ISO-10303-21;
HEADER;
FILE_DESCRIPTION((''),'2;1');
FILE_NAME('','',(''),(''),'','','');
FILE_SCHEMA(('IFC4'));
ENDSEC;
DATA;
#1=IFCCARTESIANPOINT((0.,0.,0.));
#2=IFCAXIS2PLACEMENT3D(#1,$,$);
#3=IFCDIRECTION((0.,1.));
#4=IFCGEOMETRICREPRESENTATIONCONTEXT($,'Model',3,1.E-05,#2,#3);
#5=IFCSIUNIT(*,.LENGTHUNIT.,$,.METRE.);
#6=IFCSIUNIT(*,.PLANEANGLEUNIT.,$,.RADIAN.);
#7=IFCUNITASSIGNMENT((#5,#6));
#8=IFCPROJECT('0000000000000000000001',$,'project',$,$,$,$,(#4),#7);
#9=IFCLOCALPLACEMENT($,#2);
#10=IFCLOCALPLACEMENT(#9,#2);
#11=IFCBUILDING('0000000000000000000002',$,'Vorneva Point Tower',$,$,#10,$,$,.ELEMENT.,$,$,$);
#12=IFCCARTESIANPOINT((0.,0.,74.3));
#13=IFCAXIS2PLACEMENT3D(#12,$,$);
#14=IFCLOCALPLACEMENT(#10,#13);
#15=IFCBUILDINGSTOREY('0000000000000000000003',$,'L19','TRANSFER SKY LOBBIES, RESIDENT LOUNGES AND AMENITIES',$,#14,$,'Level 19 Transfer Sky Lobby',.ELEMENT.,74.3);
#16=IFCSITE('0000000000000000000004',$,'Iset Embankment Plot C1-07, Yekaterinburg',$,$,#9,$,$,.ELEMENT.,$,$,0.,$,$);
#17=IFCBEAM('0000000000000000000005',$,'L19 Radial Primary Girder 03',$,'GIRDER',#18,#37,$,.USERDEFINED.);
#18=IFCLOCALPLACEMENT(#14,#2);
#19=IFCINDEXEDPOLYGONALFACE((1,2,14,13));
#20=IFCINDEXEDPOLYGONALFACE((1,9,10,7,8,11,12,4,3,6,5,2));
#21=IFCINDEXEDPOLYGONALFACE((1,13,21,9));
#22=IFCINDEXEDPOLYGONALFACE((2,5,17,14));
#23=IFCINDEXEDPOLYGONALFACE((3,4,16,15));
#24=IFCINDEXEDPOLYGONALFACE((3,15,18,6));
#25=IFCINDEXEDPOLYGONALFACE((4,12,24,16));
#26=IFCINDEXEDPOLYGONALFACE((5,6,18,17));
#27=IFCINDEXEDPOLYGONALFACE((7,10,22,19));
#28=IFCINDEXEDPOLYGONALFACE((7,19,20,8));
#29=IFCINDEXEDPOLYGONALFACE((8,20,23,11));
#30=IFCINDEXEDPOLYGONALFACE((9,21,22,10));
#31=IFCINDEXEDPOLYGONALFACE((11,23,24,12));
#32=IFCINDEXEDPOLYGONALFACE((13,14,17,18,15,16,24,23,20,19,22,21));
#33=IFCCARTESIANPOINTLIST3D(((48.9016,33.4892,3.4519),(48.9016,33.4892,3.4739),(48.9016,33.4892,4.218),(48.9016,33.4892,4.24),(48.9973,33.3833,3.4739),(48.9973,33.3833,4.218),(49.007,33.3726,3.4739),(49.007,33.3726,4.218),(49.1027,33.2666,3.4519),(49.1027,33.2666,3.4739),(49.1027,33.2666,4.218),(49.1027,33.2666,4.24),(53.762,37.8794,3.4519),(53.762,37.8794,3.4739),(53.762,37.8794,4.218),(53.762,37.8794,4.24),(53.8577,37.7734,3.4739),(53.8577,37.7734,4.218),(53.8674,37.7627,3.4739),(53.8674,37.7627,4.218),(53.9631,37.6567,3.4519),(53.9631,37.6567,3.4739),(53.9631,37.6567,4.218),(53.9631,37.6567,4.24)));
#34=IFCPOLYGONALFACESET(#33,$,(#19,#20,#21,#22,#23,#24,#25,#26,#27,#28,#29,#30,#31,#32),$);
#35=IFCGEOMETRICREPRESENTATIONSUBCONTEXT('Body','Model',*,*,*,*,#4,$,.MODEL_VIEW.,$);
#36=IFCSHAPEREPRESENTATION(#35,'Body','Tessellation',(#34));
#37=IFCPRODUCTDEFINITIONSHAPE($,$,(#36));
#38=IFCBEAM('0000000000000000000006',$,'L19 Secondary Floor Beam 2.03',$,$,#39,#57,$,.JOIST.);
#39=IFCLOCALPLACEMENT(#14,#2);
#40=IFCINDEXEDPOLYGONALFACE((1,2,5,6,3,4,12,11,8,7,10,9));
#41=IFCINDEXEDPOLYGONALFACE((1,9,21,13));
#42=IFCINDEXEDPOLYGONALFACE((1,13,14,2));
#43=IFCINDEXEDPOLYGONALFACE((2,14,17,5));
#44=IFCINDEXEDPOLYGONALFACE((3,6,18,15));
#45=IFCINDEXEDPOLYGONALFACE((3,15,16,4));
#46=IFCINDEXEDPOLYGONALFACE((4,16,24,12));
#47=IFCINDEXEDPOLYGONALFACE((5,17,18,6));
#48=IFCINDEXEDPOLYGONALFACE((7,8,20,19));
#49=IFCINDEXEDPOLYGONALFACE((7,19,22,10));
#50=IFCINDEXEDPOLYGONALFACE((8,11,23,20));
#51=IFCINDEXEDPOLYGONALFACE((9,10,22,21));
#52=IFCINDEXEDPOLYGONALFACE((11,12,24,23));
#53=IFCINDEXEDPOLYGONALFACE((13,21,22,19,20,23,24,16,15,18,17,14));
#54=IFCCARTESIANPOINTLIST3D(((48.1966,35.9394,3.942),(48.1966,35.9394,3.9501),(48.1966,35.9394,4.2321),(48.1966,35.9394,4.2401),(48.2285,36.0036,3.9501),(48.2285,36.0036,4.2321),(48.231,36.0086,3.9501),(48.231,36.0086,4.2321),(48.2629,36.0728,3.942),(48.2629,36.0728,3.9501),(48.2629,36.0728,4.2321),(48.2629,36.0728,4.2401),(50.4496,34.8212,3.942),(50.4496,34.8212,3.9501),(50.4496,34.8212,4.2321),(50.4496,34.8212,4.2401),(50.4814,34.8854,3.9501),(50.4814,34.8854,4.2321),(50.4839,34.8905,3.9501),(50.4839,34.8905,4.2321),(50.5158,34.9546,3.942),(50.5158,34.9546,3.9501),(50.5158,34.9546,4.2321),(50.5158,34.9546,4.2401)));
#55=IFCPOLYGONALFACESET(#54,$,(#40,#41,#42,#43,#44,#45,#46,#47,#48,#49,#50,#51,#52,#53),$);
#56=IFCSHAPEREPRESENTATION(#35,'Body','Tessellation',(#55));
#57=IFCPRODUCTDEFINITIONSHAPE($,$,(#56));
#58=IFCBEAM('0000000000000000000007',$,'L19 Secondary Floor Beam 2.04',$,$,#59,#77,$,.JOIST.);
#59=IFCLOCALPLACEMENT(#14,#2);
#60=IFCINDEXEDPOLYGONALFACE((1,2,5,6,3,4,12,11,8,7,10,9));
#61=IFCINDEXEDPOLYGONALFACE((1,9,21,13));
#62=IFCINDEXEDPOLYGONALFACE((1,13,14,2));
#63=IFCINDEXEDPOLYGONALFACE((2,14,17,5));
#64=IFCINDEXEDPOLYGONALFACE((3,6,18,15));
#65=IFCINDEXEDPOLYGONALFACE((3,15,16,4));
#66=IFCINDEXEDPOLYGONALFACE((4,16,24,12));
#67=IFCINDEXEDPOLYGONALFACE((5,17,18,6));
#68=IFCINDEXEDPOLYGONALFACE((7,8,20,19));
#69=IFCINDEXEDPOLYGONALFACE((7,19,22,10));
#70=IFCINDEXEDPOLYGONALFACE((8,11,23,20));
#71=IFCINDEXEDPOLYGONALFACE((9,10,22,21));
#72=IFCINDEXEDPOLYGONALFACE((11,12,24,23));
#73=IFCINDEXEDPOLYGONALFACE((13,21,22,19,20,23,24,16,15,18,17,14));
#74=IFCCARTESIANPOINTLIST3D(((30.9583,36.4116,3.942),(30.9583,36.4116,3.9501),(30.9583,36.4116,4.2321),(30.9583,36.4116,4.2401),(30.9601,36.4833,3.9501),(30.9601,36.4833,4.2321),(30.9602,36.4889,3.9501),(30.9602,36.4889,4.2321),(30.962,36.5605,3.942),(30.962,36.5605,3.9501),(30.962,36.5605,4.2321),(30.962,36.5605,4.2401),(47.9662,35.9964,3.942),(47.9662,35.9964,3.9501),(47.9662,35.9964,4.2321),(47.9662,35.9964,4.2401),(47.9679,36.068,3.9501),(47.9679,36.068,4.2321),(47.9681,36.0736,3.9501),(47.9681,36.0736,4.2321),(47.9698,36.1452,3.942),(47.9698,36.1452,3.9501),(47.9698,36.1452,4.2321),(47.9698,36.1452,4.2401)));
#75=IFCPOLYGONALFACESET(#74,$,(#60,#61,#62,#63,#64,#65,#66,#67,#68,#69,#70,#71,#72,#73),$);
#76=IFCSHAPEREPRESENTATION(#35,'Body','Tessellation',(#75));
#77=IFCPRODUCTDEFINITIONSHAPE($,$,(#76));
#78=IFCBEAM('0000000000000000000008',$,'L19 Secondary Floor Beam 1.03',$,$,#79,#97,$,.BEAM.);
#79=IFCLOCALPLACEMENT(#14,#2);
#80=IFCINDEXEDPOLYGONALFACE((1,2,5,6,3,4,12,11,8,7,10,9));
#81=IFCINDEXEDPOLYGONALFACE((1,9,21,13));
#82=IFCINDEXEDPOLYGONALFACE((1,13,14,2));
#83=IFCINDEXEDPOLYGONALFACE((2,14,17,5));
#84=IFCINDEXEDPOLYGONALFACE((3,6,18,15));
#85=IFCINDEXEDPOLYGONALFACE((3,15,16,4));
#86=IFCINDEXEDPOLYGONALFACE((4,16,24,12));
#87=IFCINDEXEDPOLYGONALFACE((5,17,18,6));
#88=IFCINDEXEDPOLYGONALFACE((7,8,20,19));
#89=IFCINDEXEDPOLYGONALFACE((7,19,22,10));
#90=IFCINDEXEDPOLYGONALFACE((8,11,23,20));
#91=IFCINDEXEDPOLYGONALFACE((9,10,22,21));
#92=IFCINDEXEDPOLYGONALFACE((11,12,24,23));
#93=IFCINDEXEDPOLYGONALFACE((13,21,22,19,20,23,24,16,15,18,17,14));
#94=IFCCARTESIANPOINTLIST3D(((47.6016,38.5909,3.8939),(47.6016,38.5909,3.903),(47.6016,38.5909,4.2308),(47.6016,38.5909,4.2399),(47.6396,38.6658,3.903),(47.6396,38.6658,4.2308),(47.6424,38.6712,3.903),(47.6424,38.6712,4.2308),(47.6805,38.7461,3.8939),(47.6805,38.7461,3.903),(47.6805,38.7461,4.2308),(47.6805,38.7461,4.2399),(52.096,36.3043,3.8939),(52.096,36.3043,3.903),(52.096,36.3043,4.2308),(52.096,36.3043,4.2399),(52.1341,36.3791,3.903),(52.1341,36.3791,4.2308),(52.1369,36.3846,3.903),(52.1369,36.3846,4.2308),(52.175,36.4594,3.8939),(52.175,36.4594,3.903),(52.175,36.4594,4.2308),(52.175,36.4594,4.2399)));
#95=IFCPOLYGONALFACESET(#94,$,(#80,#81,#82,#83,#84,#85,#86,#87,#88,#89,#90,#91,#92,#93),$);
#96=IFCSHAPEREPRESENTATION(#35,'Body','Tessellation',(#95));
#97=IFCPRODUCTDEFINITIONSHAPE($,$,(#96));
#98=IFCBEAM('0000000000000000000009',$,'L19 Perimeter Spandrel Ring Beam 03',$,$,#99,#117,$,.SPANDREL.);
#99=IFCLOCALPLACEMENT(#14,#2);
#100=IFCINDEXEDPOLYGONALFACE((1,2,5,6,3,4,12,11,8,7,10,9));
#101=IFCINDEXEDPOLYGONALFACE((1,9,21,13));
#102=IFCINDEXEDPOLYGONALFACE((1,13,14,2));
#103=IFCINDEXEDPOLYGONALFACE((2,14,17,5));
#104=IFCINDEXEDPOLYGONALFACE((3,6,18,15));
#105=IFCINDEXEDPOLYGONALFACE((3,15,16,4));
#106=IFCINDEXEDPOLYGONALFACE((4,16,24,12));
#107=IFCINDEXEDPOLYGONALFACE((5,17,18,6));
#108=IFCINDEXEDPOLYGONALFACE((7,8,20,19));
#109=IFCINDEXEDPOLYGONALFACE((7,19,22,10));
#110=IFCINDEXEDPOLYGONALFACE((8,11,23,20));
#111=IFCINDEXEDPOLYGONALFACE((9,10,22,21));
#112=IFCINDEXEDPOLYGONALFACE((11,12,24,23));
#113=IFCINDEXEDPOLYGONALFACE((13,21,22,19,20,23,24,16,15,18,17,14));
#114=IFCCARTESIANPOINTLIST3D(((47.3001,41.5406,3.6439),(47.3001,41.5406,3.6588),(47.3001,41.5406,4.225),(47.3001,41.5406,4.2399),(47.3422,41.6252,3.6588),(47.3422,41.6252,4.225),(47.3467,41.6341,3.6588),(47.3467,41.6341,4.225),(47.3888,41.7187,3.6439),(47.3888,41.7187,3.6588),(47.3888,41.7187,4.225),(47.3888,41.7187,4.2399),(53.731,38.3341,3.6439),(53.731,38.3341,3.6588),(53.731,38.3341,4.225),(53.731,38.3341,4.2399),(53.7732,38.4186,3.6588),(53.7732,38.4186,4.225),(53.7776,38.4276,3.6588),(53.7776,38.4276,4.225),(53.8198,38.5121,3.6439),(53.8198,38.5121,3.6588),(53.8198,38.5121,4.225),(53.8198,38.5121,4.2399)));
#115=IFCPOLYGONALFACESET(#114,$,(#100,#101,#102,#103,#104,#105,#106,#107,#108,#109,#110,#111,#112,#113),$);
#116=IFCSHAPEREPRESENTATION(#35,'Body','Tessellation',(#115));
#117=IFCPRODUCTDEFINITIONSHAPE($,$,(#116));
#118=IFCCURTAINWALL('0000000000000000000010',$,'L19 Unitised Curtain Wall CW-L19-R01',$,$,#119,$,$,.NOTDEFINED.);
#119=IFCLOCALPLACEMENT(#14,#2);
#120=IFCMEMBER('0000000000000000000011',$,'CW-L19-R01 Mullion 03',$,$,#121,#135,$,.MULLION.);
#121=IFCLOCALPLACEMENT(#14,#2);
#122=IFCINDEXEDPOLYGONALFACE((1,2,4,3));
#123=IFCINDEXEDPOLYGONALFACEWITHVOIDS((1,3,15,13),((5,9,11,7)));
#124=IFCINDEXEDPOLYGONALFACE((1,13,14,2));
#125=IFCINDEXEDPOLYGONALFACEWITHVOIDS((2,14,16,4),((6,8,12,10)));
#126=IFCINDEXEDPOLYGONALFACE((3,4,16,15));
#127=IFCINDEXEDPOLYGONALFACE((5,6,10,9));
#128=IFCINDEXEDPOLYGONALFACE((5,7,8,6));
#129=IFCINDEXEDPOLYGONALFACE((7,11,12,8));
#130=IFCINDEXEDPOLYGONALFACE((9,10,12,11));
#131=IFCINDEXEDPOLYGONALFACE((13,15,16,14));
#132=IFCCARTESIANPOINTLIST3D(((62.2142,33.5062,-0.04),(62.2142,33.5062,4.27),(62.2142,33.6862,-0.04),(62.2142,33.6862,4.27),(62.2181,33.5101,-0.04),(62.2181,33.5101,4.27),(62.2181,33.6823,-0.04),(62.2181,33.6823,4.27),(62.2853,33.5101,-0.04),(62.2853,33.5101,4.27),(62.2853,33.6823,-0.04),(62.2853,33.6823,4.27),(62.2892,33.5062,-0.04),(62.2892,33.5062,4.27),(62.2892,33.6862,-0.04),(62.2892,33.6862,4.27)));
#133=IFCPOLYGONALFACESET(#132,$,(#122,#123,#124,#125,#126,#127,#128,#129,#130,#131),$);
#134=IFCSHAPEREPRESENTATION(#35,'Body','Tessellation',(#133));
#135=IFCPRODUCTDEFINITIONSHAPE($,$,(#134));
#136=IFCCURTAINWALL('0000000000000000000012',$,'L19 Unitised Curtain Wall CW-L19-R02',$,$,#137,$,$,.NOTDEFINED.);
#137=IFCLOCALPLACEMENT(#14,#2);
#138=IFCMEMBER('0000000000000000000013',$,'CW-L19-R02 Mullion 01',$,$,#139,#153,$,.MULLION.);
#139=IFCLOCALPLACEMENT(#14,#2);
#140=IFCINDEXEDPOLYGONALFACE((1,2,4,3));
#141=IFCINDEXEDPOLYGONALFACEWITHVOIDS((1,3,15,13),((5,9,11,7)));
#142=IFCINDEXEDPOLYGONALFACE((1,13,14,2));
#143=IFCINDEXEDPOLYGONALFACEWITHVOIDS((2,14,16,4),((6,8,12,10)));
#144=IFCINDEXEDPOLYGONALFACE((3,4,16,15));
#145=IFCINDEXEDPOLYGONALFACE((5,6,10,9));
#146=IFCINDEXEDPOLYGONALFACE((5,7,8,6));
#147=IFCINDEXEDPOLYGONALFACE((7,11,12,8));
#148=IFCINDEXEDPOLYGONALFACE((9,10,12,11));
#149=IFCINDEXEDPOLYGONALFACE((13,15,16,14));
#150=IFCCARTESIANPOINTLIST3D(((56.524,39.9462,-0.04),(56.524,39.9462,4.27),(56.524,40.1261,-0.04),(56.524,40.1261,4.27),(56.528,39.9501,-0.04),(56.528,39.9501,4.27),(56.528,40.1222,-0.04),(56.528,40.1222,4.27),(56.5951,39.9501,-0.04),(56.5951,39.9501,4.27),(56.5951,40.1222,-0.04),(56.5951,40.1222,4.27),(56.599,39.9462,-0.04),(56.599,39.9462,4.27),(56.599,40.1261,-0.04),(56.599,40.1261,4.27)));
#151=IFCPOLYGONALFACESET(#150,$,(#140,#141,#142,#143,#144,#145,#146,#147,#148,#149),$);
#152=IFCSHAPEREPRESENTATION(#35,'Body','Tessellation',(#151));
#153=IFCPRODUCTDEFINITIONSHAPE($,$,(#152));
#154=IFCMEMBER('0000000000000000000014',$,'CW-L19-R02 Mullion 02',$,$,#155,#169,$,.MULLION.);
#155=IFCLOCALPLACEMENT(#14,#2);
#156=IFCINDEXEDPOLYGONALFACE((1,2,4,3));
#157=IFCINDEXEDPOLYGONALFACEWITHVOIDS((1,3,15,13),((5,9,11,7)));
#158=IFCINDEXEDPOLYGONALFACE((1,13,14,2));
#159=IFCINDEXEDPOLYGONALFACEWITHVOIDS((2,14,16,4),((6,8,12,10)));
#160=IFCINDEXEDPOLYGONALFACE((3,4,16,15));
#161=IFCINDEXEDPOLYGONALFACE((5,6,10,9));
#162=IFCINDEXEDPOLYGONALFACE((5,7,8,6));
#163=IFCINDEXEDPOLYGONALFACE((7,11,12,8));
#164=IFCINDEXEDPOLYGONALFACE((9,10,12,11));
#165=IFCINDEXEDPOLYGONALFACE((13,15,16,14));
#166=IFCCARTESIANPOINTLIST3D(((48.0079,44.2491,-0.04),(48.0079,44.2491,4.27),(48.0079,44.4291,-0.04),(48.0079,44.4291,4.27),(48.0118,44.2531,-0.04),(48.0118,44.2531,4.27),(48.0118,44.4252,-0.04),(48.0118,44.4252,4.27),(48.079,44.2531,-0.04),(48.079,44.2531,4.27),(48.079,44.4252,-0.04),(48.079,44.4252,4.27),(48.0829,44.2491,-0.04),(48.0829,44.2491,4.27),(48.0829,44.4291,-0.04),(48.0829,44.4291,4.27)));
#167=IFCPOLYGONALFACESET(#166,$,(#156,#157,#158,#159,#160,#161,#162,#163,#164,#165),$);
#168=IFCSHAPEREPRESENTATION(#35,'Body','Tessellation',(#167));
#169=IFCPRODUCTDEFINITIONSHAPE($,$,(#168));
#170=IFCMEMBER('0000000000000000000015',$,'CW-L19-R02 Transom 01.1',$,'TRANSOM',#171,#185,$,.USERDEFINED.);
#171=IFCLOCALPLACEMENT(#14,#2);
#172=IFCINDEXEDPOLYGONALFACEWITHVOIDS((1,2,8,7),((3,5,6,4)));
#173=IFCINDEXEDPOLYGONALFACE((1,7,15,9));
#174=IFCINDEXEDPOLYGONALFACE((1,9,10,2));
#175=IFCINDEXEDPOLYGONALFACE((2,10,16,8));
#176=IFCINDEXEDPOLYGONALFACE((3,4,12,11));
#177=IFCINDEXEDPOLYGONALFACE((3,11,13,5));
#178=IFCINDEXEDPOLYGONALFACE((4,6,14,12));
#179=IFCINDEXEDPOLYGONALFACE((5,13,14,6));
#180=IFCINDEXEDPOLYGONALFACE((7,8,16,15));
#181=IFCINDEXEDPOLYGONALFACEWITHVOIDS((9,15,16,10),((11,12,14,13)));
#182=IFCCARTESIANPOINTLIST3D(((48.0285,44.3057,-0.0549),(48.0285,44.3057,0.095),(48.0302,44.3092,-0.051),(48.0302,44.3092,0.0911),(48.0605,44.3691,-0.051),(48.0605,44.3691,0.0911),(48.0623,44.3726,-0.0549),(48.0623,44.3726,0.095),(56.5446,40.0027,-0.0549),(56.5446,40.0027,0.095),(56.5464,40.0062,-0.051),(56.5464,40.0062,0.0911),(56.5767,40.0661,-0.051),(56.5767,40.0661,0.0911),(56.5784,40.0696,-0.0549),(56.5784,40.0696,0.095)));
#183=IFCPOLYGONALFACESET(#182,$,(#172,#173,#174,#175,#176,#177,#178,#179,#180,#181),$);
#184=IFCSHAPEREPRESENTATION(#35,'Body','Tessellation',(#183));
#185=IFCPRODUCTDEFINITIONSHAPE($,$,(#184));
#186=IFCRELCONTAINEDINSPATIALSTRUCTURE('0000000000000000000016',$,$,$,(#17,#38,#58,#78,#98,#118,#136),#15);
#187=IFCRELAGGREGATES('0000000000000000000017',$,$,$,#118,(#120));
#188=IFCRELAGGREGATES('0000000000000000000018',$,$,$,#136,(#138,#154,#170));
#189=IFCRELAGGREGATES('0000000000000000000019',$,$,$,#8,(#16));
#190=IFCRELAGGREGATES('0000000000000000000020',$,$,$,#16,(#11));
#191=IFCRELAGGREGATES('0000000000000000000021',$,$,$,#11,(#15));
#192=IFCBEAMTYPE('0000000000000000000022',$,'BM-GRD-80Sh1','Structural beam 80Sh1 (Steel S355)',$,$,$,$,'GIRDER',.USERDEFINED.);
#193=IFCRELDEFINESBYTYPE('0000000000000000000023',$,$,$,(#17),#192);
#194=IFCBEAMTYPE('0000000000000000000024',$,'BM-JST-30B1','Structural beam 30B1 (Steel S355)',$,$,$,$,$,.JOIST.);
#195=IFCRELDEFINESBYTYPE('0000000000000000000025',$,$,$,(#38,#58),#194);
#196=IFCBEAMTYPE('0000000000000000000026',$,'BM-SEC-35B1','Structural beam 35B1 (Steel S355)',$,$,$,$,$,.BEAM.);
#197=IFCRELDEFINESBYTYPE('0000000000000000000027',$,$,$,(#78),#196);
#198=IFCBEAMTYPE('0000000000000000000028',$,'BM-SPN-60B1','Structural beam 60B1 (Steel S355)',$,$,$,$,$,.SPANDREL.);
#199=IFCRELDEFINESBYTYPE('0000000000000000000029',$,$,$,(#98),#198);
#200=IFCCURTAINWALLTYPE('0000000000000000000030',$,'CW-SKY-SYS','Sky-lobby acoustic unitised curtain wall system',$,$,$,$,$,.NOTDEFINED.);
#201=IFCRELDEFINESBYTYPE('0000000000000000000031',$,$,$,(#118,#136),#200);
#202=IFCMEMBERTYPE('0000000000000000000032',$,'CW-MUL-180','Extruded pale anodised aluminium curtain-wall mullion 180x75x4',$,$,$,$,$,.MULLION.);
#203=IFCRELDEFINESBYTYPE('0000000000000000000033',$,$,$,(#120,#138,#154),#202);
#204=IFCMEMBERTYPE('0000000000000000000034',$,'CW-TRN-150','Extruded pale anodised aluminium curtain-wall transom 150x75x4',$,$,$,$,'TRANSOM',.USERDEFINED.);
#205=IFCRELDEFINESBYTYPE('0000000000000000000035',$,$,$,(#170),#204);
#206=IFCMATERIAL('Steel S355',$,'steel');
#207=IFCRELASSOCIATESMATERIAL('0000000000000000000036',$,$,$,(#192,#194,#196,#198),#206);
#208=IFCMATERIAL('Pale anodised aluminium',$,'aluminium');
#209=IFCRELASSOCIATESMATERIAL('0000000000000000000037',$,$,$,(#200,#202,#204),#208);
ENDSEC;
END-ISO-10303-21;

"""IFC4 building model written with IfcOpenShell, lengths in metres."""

from ifc_helpers import new_model, si_unit, direction, frame, origin, origin_2d, place, context, subcontext, project, spatial, hollow_rectangle, i_section, extrude, material, material_profile, profile_set, type_object, element, aggregate, save


model = new_model("IFC4")

# Units and contexts
model_context = context("Model", 3, precision=1e-05, world=origin(), true_north=direction((0.0, 1.0)))
body_context = subcontext(model_context, "Body", "Model", "MODEL_VIEW")
ifc_project = project(units=[si_unit("LENGTHUNIT", "METRE"), si_unit("PLANEANGLEUNIT", "RADIAN")], contexts=[model_context])

# Site, building, storey
site_placement = place(None, origin())
site = spatial("IfcSite", under=ifc_project, at=site_placement, Name="Iset Embankment Plot C1-07, Yekaterinburg", CompositionType="ELEMENT", RefElevation=0.0)
building_placement = place(site_placement, origin())
building = spatial("IfcBuilding", under=site, at=building_placement, Name="Vorneva Point Tower", CompositionType="ELEMENT")
storey_placement = place(building_placement, frame((0.0, 0.0, 74.3)))
storey = spatial("IfcBuildingStorey", under=building, at=storey_placement, Name="L19", Description="TRANSFER SKY LOBBIES, RESIDENT LOUNGES AND AMENITIES", LongName="Level 19 Transfer Sky Lobby", CompositionType="ELEMENT", Elevation=74.3)

# Beams
ifc_material_1 = material(Name="Steel S355", Category="steel")
ifc_material_profile_1 = material_profile(ifc_material_1, i_section(OverallWidth=0.3, OverallDepth=0.7881, WebThickness=0.0144, FlangeThickness=0.022, at=origin_2d()), Name="80Sh1")
ifc_profile_set_1 = profile_set([ifc_material_profile_1], Name="Steel S355")
beam_type_1 = type_object("IfcBeamType", Name="BM-GRD-80Sh1", Description="Structural beam 80Sh1 (Steel S355)", ElementType="GIRDER", PredefinedType="USERDEFINED", material=ifc_profile_set_1)
beam_1_placement = place(storey_placement, frame((53.8625, 37.7681, 3.8459), z_axis=(-0.742092, -0.670298, 0.0), x_axis=(0.670298, -0.742092, 0.0)))
element("IfcBeam", 1, at=beam_1_placement, inside=storey, type_object=beam_type_1, Name="L19 Radial Primary Girder 03", ObjectType="GIRDER", PredefinedType="USERDEFINED", context=body_context, shape_type="SweptSolid", body=[
    extrude(i_section(OverallWidth=0.3, OverallDepth=0.7881, WebThickness=0.0144, FlangeThickness=0.022, at=origin_2d()), origin(), (0.0, 0.0, 1.0), 6.5496),
])
ifc_material_profile_2 = material_profile(ifc_material_1, i_section(OverallWidth=0.1489, OverallDepth=0.2981, WebThickness=0.0056, FlangeThickness=0.0081, at=origin_2d()), Name="30B1")
ifc_profile_set_2 = profile_set([ifc_material_profile_2], Name="Steel S355")
beam_type_2 = type_object("IfcBeamType", Name="BM-JST-30B1", Description="Structural beam 30B1 (Steel S355)", PredefinedType="JOIST", material=ifc_profile_set_2)
beam_2_placement = place(storey_placement, frame((50.4827, 34.8879, 4.0911), z_axis=(-0.895743, 0.444571, 0.0), x_axis=(-0.444571, -0.895743, 0.0)))
element("IfcBeam", 2, at=beam_2_placement, inside=storey, type_object=beam_type_2, Name="L19 Secondary Floor Beam 2.03", PredefinedType="JOIST", context=body_context, shape_type="SweptSolid", body=[
    extrude(i_section(OverallWidth=0.1489, OverallDepth=0.2981, WebThickness=0.0056, FlangeThickness=0.0081, at=origin_2d()), origin(), (0.0, 0.0, 1.0), 2.5151),
])
beam_3_placement = place(storey_placement, frame((47.968, 36.0708, 4.0911), z_axis=(-0.999702, 0.02441, 0.0), x_axis=(-0.02441, -0.999702, 0.0)))
element("IfcBeam", 3, at=beam_3_placement, inside=storey, type_object=beam_type_2, Name="L19 Secondary Floor Beam 2.04", PredefinedType="JOIST", context=body_context, shape_type="SweptSolid", body=[
    extrude(i_section(OverallWidth=0.1489, OverallDepth=0.2981, WebThickness=0.0056, FlangeThickness=0.0081, at=origin_2d()), origin(), (0.0, 0.0, 1.0), 17.0129),
])
ifc_material_profile_3 = material_profile(ifc_material_1, i_section(OverallWidth=0.1741, OverallDepth=0.3459, WebThickness=0.0061, FlangeThickness=0.009, at=origin_2d()), Name="35B1")
ifc_profile_set_3 = profile_set([ifc_material_profile_3], Name="Steel S355")
beam_type_3 = type_object("IfcBeamType", Name="BM-SEC-35B1", Description="Structural beam 35B1 (Steel S355)", PredefinedType="BEAM", material=ifc_profile_set_3)
beam_4_placement = place(storey_placement, frame((52.1355, 36.3818, 4.0669), z_axis=(-0.891278, 0.453458, 0.0), x_axis=(-0.453458, -0.891278, 0.0)))
element("IfcBeam", 4, at=beam_4_placement, inside=storey, type_object=beam_type_3, Name="L19 Secondary Floor Beam 1.03", PredefinedType="BEAM", context=body_context, shape_type="SweptSolid", body=[
    extrude(i_section(OverallWidth=0.1741, OverallDepth=0.3459, WebThickness=0.0061, FlangeThickness=0.009, at=origin_2d()), origin(), (0.0, 0.0, 1.0), 5.0427),
])
ifc_material_profile_4 = material_profile(ifc_material_1, i_section(OverallWidth=0.199, OverallDepth=0.5959, WebThickness=0.01, FlangeThickness=0.0149, at=origin_2d()), Name="60B1")
ifc_profile_set_4 = profile_set([ifc_material_profile_4], Name="Steel S355")
beam_type_4 = type_object("IfcBeamType", Name="BM-SPN-60B1", Description="Structural beam 60B1 (Steel S355)", PredefinedType="SPANDREL", material=ifc_profile_set_4)
beam_5_placement = place(storey_placement, frame((53.7754, 38.4231, 3.9419), z_axis=(-0.894923, 0.446221, 0.0), x_axis=(-0.446221, -0.894923, 0.0)))
element("IfcBeam", 5, at=beam_5_placement, inside=storey, type_object=beam_type_4, Name="L19 Perimeter Spandrel Ring Beam 03", PredefinedType="SPANDREL", context=body_context, shape_type="SweptSolid", body=[
    extrude(i_section(OverallWidth=0.199, OverallDepth=0.5959, WebThickness=0.01, FlangeThickness=0.0149, at=origin_2d()), origin(), (0.0, 0.0, 1.0), 7.186),
])

# Curtain wall, member
ifc_material_2 = material(Name="Pale anodised aluminium", Category="aluminium")
curtain_wall_type = type_object("IfcCurtainWallType", Name="CW-SKY-SYS", Description="Sky-lobby acoustic unitised curtain wall system", PredefinedType="NOTDEFINED", material=ifc_material_2)
curtain_wall_1_placement = place(storey_placement, origin())
curtain_wall_1 = element("IfcCurtainWall", 6, at=curtain_wall_1_placement, inside=storey, type_object=curtain_wall_type, Name="L19 Unitised Curtain Wall CW-L19-R01", PredefinedType="NOTDEFINED")
ifc_material_profile_5 = material_profile(ifc_material_2, hollow_rectangle(XDim=0.075, YDim=0.1799, WallThickness=0.0039, at=origin_2d()), Name="AL-MUL 180x75x4")
ifc_profile_set_5 = profile_set([ifc_material_profile_5], Name="Pale anodised aluminium")
member_type_1 = type_object("IfcMemberType", Name="CW-MUL-180", Description="Extruded pale anodised aluminium curtain-wall mullion 180x75x4", PredefinedType="MULLION", material=ifc_profile_set_5)
member_1_placement = place(storey_placement, frame((62.2517, 33.5962, -0.04), z_axis=(0.0, 0.0, 1.0), x_axis=(1.0, 0.0, 0.0)))
member_1 = element("IfcMember", 7, at=member_1_placement, type_object=member_type_1, Name="CW-L19-R01 Mullion 03", PredefinedType="MULLION", context=body_context, shape_type="SweptSolid", body=[
    extrude(hollow_rectangle(XDim=0.075, YDim=0.1799, WallThickness=0.0039, at=origin_2d()), origin(), (0.0, 0.0, 1.0), 4.3101),
])
aggregate(curtain_wall_1, [member_1])

# Curtain wall, members
curtain_wall_2_placement = place(storey_placement, origin())
curtain_wall_2 = element("IfcCurtainWall", 8, at=curtain_wall_2_placement, inside=storey, type_object=curtain_wall_type, Name="L19 Unitised Curtain Wall CW-L19-R02", PredefinedType="NOTDEFINED")
member_2_placement = place(storey_placement, frame((56.5615, 40.0361, -0.04), z_axis=(0.0, 0.0, 1.0), x_axis=(1.0, 0.0, 0.0)))
member_2 = element("IfcMember", 9, at=member_2_placement, type_object=member_type_1, Name="CW-L19-R02 Mullion 01", PredefinedType="MULLION", context=body_context, shape_type="SweptSolid", body=[
    extrude(hollow_rectangle(XDim=0.075, YDim=0.1799, WallThickness=0.0039, at=origin_2d()), origin(), (0.0, 0.0, 1.0), 4.3101),
])
member_3_placement = place(storey_placement, frame((48.0454, 44.3391, -0.04), z_axis=(0.0, 0.0, 1.0), x_axis=(1.0, 0.0, 0.0)))
member_3 = element("IfcMember", 10, at=member_3_placement, type_object=member_type_1, Name="CW-L19-R02 Mullion 02", PredefinedType="MULLION", context=body_context, shape_type="SweptSolid", body=[
    extrude(hollow_rectangle(XDim=0.075, YDim=0.1799, WallThickness=0.0039, at=origin_2d()), origin(), (0.0, 0.0, 1.0), 4.3101),
])
ifc_material_profile_6 = material_profile(ifc_material_2, hollow_rectangle(XDim=0.075, YDim=0.1499, WallThickness=0.0039, at=origin_2d()), Name="AL-TRN 150x75x4")
ifc_profile_set_6 = profile_set([ifc_material_profile_6], Name="Pale anodised aluminium")
member_type_2 = type_object("IfcMemberType", Name="CW-TRN-150", Description="Extruded pale anodised aluminium curtain-wall transom 150x75x4", ElementType="TRANSOM", PredefinedType="USERDEFINED", material=ifc_profile_set_6)
member_4_placement = place(storey_placement, frame((56.5615, 40.0361, 0.02), z_axis=(-0.892536, 0.450976, 0.0), x_axis=(-0.450976, -0.892536, 0.0)))
member_4 = element("IfcMember", 11, at=member_4_placement, type_object=member_type_2, Name="CW-L19-R02 Transom 01.1", ObjectType="TRANSOM", PredefinedType="USERDEFINED", context=body_context, shape_type="SweptSolid", body=[
    extrude(hollow_rectangle(XDim=0.075, YDim=0.1499, WallThickness=0.0039, at=origin_2d()), origin(), (0.0, 0.0, 1.0), 9.5415),
])
aggregate(curtain_wall_2, [member_2, member_3, member_4])

save(model, "model.ifc")
